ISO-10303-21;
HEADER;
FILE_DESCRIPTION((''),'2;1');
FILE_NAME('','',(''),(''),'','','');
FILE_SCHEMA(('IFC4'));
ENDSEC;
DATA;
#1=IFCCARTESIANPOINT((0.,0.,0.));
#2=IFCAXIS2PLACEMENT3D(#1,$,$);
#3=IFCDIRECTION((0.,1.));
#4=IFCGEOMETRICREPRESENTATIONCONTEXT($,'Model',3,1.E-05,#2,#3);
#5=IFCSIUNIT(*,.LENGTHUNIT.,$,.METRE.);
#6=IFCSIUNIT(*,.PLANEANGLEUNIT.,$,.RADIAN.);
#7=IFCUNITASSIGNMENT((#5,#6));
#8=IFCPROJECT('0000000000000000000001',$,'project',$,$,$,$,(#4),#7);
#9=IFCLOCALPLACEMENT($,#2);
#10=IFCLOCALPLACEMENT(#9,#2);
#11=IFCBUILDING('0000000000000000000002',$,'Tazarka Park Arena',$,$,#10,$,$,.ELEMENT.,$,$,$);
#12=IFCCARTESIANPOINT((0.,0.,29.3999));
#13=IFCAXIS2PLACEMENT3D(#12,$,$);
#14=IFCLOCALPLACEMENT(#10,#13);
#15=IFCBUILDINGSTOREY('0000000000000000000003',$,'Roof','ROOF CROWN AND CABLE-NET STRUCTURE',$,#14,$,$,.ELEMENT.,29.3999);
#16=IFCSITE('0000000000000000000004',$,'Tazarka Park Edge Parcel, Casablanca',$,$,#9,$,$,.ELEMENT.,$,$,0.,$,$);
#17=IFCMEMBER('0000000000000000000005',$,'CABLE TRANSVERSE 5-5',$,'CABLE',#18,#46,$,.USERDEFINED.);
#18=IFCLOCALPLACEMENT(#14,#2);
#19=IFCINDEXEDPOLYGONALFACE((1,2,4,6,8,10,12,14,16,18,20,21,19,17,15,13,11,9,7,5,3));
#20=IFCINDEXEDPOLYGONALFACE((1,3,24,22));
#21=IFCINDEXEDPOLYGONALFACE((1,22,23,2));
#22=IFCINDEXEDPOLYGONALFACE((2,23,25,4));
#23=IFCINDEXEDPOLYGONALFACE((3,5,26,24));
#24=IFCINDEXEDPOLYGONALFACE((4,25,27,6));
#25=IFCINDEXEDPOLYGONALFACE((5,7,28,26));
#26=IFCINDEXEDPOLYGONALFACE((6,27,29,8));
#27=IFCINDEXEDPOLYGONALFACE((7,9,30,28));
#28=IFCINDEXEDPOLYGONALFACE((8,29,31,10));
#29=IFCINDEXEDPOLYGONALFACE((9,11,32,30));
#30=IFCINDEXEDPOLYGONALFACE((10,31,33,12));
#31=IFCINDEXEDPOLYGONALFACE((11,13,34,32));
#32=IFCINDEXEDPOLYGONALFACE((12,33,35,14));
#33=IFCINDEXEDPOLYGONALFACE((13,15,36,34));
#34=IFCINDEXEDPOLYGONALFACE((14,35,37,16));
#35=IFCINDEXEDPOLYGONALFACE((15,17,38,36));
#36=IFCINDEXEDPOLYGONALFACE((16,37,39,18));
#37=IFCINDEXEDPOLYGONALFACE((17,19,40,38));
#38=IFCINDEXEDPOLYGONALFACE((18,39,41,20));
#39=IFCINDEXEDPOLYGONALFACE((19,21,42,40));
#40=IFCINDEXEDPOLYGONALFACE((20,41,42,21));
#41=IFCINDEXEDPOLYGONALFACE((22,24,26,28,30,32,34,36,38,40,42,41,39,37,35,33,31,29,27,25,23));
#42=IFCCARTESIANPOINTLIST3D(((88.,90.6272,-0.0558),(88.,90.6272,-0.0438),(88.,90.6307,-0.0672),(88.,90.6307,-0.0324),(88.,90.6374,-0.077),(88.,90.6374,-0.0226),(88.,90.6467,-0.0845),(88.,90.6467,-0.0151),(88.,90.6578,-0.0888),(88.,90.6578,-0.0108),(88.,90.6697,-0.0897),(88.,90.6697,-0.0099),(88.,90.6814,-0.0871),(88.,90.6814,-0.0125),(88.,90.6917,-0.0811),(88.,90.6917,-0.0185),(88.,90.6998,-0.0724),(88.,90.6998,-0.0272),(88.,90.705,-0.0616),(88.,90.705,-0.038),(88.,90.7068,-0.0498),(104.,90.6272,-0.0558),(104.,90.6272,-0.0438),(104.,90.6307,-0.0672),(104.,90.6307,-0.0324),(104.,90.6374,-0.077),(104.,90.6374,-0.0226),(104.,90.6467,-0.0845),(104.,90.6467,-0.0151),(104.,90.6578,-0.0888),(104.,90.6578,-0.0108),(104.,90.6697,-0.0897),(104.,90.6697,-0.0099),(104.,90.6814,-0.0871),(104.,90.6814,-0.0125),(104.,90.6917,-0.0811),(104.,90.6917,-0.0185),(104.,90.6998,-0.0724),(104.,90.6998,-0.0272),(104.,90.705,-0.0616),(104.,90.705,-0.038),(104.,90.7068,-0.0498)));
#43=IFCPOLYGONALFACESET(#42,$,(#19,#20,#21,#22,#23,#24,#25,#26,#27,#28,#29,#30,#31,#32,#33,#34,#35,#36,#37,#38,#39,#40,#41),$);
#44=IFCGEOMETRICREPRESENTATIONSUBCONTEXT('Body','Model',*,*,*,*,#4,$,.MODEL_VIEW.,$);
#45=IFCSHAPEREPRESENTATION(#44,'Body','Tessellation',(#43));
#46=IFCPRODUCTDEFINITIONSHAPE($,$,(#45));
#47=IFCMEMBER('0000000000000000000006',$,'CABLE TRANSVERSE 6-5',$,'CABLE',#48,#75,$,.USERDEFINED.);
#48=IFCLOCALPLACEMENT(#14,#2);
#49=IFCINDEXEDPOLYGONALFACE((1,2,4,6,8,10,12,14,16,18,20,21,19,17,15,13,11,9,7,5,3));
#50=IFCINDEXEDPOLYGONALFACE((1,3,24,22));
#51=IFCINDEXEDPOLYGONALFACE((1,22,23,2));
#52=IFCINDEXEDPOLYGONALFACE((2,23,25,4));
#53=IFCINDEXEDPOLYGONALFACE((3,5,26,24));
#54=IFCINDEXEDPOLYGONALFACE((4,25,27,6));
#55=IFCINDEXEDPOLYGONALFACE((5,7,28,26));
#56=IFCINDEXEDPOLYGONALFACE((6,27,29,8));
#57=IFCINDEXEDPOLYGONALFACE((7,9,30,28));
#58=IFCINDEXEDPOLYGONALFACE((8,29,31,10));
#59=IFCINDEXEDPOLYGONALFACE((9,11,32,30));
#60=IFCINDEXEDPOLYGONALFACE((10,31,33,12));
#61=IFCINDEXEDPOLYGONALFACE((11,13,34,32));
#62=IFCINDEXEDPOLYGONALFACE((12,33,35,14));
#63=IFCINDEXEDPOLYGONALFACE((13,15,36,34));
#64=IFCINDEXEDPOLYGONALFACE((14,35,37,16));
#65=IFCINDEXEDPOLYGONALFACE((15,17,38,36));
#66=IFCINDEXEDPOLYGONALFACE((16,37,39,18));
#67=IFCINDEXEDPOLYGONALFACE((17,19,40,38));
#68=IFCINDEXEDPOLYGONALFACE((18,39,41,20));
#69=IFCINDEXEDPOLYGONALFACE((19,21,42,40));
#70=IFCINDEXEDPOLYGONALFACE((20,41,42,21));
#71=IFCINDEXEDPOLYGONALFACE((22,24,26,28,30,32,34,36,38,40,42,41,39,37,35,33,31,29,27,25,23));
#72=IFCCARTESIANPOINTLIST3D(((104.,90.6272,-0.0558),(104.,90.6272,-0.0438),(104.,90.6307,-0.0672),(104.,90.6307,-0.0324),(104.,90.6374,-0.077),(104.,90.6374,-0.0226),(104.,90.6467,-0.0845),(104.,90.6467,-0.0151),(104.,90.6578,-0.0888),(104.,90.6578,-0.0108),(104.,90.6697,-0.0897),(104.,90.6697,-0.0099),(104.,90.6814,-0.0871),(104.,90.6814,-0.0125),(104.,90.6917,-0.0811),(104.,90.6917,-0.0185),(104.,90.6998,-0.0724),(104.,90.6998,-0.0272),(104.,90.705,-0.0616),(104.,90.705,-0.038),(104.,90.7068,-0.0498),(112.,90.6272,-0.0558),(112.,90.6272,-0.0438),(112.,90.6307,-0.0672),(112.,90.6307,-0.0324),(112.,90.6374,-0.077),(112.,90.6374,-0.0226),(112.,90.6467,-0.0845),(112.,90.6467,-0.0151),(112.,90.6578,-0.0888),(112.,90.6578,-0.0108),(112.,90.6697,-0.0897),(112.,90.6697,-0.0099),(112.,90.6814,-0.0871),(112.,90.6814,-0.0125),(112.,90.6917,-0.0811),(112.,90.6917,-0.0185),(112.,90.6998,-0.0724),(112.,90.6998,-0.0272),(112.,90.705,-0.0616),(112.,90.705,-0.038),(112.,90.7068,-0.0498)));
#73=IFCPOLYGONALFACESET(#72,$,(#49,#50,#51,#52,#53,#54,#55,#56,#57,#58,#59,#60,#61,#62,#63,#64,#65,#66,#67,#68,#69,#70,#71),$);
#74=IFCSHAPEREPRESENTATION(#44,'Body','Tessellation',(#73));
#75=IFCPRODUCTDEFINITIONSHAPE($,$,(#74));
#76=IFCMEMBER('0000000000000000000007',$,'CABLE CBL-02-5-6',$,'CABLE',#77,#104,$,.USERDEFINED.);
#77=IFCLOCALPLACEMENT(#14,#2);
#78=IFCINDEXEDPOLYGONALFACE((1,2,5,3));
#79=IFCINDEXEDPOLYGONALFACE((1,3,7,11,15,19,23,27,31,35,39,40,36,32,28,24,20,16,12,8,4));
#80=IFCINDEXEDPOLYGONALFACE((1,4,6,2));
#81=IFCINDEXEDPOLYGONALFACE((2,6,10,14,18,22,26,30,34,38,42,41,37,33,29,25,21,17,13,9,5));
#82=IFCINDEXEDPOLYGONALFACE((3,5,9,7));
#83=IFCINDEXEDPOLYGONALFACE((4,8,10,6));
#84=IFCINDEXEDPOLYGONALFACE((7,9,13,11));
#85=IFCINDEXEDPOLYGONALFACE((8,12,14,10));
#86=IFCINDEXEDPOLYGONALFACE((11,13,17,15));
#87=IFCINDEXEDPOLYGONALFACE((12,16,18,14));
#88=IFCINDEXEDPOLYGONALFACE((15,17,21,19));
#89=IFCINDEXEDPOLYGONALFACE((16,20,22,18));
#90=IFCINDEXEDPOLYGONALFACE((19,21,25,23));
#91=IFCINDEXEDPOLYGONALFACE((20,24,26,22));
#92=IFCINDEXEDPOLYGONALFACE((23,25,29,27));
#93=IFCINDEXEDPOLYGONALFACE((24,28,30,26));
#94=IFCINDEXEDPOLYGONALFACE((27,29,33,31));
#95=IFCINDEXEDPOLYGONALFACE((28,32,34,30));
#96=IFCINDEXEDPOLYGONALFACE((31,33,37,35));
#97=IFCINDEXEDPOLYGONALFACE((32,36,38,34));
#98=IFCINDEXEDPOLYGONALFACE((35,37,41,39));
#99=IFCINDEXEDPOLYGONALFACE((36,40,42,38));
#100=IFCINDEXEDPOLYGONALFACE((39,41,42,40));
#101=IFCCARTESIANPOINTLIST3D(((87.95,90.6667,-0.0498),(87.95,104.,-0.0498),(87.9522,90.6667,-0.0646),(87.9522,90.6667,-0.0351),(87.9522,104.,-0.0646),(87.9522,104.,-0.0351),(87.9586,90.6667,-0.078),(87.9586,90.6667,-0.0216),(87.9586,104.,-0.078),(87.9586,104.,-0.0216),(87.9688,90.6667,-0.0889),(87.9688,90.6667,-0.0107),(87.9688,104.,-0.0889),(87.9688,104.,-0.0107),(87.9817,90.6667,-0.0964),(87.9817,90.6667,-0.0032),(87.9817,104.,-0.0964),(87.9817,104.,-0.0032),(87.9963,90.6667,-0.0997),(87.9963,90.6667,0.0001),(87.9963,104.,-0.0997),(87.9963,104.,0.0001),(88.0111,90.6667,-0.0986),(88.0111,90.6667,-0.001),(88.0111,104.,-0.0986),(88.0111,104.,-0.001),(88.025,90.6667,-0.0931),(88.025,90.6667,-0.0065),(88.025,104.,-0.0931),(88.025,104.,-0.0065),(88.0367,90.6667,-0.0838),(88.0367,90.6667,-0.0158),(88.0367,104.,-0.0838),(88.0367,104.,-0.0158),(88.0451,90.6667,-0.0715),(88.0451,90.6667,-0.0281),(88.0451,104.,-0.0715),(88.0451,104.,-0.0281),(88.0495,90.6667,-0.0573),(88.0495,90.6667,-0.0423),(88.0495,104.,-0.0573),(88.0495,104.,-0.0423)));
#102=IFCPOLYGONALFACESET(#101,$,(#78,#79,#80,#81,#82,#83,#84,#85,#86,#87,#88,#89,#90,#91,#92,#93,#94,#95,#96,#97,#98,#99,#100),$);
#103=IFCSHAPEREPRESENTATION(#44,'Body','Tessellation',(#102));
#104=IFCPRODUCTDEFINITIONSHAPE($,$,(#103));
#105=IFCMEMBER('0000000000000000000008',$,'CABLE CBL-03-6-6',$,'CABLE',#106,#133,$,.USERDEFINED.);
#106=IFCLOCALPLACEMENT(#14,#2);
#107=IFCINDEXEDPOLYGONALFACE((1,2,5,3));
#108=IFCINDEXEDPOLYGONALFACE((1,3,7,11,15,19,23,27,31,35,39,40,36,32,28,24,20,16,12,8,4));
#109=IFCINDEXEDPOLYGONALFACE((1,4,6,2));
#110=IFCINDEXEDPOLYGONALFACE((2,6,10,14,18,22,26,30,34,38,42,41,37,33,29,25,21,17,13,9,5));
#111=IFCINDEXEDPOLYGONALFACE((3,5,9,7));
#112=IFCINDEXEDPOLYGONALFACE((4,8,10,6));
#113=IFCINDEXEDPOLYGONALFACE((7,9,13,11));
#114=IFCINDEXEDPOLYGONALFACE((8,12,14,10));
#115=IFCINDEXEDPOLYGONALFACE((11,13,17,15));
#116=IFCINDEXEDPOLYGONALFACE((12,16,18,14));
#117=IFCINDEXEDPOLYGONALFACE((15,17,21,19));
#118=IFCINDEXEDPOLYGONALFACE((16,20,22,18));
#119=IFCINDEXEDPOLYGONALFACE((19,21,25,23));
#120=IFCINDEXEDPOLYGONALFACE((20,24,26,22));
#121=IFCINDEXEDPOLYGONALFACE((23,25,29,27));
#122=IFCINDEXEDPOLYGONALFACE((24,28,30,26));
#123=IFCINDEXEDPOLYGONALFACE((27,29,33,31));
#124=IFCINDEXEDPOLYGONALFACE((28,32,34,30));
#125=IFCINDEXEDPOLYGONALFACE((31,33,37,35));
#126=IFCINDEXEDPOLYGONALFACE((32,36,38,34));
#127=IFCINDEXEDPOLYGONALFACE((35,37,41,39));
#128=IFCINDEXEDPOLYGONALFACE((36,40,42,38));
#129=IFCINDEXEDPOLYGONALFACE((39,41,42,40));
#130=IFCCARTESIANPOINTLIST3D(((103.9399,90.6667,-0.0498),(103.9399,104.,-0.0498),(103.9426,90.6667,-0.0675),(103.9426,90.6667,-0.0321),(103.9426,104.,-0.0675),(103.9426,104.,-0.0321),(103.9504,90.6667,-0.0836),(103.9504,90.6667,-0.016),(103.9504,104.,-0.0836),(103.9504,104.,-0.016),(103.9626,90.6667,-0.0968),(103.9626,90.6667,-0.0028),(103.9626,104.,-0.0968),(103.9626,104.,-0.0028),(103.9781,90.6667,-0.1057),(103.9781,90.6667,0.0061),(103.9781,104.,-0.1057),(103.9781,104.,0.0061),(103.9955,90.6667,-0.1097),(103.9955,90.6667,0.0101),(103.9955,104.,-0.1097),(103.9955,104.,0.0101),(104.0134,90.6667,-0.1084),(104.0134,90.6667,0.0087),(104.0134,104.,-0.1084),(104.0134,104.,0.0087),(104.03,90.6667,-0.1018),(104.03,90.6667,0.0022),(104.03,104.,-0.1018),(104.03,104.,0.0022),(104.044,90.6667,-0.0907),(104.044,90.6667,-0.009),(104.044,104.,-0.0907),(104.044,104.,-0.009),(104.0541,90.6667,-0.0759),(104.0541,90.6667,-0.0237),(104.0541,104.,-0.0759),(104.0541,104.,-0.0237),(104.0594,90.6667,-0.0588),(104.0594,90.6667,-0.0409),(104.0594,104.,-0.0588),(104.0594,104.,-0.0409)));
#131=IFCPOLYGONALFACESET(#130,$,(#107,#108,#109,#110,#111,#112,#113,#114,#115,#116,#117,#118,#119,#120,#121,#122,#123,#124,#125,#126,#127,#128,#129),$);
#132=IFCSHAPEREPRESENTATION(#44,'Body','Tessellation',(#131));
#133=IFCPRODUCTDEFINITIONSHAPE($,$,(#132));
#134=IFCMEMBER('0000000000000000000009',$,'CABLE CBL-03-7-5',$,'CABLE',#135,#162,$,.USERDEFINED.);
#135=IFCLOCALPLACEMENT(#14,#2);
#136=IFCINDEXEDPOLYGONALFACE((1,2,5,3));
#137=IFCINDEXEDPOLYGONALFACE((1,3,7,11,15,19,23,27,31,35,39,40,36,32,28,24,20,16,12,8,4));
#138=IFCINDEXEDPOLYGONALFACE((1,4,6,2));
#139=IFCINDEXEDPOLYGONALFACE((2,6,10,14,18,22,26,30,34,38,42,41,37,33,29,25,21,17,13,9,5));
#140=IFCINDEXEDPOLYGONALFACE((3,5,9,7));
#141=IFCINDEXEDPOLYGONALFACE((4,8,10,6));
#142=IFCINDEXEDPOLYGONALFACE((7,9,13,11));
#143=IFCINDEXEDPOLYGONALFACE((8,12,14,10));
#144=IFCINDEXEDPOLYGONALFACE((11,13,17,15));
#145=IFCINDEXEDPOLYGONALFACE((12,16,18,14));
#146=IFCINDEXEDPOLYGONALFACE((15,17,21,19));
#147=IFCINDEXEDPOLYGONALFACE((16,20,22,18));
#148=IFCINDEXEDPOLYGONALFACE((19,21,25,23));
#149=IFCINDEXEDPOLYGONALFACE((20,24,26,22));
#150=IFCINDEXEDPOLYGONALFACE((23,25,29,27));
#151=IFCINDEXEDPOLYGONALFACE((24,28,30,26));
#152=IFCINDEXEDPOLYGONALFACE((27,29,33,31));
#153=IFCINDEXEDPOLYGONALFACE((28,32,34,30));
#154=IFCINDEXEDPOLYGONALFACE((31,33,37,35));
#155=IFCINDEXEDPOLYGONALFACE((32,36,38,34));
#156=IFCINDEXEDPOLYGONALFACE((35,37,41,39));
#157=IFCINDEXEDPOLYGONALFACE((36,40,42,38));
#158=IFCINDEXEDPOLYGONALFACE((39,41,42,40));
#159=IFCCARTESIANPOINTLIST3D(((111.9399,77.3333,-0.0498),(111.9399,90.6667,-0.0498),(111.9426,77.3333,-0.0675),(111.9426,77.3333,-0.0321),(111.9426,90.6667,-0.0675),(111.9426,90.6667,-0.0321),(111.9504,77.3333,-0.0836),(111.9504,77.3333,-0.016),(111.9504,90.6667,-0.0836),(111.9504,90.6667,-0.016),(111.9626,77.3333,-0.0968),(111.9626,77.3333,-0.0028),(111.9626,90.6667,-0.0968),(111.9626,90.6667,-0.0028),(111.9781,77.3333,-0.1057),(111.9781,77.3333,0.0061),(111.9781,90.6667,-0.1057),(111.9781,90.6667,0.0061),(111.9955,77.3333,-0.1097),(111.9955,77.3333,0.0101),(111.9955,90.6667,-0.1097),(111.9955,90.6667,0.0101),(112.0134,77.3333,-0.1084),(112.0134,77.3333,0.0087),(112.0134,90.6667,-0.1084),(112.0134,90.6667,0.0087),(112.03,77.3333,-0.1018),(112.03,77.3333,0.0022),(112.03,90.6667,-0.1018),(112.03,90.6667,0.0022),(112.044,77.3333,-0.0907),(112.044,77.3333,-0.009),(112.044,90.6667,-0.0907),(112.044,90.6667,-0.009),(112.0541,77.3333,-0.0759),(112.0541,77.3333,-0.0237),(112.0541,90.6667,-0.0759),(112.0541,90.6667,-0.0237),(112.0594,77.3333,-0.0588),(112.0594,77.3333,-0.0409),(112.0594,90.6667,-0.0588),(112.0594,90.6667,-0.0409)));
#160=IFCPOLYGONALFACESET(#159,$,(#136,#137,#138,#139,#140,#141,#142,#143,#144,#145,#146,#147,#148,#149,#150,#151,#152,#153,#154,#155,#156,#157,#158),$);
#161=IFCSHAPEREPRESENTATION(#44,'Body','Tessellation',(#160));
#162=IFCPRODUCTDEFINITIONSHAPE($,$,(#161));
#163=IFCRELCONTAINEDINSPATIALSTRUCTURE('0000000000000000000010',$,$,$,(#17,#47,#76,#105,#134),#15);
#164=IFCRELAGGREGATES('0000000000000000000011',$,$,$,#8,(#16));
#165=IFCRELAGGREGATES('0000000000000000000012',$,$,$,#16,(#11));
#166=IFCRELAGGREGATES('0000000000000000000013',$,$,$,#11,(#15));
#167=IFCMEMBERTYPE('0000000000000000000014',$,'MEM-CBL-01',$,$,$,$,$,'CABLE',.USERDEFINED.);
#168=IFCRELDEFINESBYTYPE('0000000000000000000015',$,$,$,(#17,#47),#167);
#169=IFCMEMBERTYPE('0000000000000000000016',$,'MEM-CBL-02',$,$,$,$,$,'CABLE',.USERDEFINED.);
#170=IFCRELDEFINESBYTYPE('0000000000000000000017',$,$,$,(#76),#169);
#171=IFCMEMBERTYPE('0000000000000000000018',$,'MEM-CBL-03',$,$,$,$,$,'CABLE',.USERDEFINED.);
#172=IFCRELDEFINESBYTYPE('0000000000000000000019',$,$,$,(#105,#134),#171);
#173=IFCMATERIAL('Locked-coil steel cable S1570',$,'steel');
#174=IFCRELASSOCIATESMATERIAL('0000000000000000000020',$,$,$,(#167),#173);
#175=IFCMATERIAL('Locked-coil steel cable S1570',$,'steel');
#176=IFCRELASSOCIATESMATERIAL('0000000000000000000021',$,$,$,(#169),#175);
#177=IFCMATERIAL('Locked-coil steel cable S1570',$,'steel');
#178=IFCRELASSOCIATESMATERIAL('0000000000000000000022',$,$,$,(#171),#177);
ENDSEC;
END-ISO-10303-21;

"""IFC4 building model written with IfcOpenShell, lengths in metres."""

from ifc_helpers import new_model, si_unit, direction, frame, origin, origin_2d, place, context, subcontext, project, spatial, circle, extrude, material, material_profile, profile_set, type_object, element, save


model = new_model("IFC4")

# Units and contexts
model_context = context("Model", 3, precision=1e-05, world=origin(), true_north=direction((0.0, 1.0)))
body_context = subcontext(model_context, "Body", "Model", "MODEL_VIEW")
ifc_project = project(units=[si_unit("LENGTHUNIT", "METRE"), si_unit("PLANEANGLEUNIT", "RADIAN")], contexts=[model_context])

# Site, building, storey
site_placement = place(None, origin())
site = spatial("IfcSite", under=ifc_project, at=site_placement, Name="Tazarka Park Edge Parcel, Casablanca", CompositionType="ELEMENT", RefElevation=0.0)
building_placement = place(site_placement, origin())
building = spatial("IfcBuilding", under=site, at=building_placement, Name="Tazarka Park Arena", CompositionType="ELEMENT")
storey_placement = place(building_placement, frame((0.0, 0.0, 29.3999)))
storey = spatial("IfcBuildingStorey", under=building, at=storey_placement, Name="Roof", Description="ROOF CROWN AND CABLE-NET STRUCTURE", CompositionType="ELEMENT", Elevation=29.3999)

# Members
ifc_material_1 = material(Name="Locked-coil steel cable S1570", Category="steel")
ifc_material_profile_1 = material_profile(ifc_material_1, circle(Radius=0.04, at=origin_2d()), Name="Locked-coil steel cable S1570")
ifc_profile_set_1 = profile_set([ifc_material_profile_1], Name="Locked-coil steel cable S1570")
member_type_1 = type_object("IfcMemberType", Name="MEM-CBL-01", ElementType="CABLE", PredefinedType="USERDEFINED", material=ifc_profile_set_1)
member_1_placement = place(storey_placement, frame((88.0, 90.6667, -0.0498), z_axis=(1.0, 0.0, 0.0), x_axis=(0.0, 1.0, 0.0)))
element("IfcMember", 1, at=member_1_placement, inside=storey, type_object=member_type_1, Name="CABLE TRANSVERSE 5-5", ObjectType="CABLE", PredefinedType="USERDEFINED", context=body_context, shape_type="SweptSolid", body=[
    extrude(circle(Radius=0.04, at=origin_2d()), origin(), (0.0, 0.0, 1.0), 16.0),
])
member_2_placement = place(storey_placement, frame((104.0, 90.6667, -0.0498), z_axis=(1.0, 0.0, 0.0), x_axis=(0.0, 1.0, 0.0)))
element("IfcMember", 2, at=member_2_placement, inside=storey, type_object=member_type_1, Name="CABLE TRANSVERSE 6-5", ObjectType="CABLE", PredefinedType="USERDEFINED", context=body_context, shape_type="SweptSolid", body=[
    extrude(circle(Radius=0.04, at=origin_2d()), origin(), (0.0, 0.0, 1.0), 8.0),
])
ifc_material_2 = material(Name="Locked-coil steel cable S1570", Category="steel")
ifc_material_profile_2 = material_profile(ifc_material_2, circle(Radius=0.05, at=origin_2d()), Name="Locked-coil steel cable S1570")
ifc_profile_set_2 = profile_set([ifc_material_profile_2], Name="Locked-coil steel cable S1570")
member_type_2 = type_object("IfcMemberType", Name="MEM-CBL-02", ElementType="CABLE", PredefinedType="USERDEFINED", material=ifc_profile_set_2)
member_3_placement = place(storey_placement, frame((88.0, 90.6667, -0.0498), z_axis=(0.0, 1.0, 0.0), x_axis=(-1.0, 0.0, 0.0)))
element("IfcMember", 3, at=member_3_placement, inside=storey, type_object=member_type_2, Name="CABLE CBL-02-5-6", ObjectType="CABLE", PredefinedType="USERDEFINED", context=body_context, shape_type="SweptSolid", body=[
    extrude(circle(Radius=0.05, at=origin_2d()), origin(), (0.0, 0.0, 1.0), 13.3333),
])
ifc_material_3 = material(Name="Locked-coil steel cable S1570", Category="steel")
ifc_material_profile_3 = material_profile(ifc_material_3, circle(Radius=0.0601, at=origin_2d()), Name="Locked-coil steel cable S1570")
ifc_profile_set_3 = profile_set([ifc_material_profile_3], Name="Locked-coil steel cable S1570")
member_type_3 = type_object("IfcMemberType", Name="MEM-CBL-03", ElementType="CABLE", PredefinedType="USERDEFINED", material=ifc_profile_set_3)
member_4_placement = place(storey_placement, frame((104.0, 90.6667, -0.0498), z_axis=(0.0, 1.0, 0.0), x_axis=(-1.0, 0.0, 0.0)))
element("IfcMember", 4, at=member_4_placement, inside=storey, type_object=member_type_3, Name="CABLE CBL-03-6-6", ObjectType="CABLE", PredefinedType="USERDEFINED", context=body_context, shape_type="SweptSolid", body=[
    extrude(circle(Radius=0.0601, at=origin_2d()), origin(), (0.0, 0.0, 1.0), 13.3333),
])
member_5_placement = place(storey_placement, frame((112.0, 77.3333, -0.0498), z_axis=(0.0, 1.0, 0.0), x_axis=(-1.0, 0.0, 0.0)))
element("IfcMember", 5, at=member_5_placement, inside=storey, type_object=member_type_3, Name="CABLE CBL-03-7-5", ObjectType="CABLE", PredefinedType="USERDEFINED", context=body_context, shape_type="SweptSolid", body=[
    extrude(circle(Radius=0.0601, at=origin_2d()), origin(), (0.0, 0.0, 1.0), 13.3335),
])

save(model, "model.ifc")
